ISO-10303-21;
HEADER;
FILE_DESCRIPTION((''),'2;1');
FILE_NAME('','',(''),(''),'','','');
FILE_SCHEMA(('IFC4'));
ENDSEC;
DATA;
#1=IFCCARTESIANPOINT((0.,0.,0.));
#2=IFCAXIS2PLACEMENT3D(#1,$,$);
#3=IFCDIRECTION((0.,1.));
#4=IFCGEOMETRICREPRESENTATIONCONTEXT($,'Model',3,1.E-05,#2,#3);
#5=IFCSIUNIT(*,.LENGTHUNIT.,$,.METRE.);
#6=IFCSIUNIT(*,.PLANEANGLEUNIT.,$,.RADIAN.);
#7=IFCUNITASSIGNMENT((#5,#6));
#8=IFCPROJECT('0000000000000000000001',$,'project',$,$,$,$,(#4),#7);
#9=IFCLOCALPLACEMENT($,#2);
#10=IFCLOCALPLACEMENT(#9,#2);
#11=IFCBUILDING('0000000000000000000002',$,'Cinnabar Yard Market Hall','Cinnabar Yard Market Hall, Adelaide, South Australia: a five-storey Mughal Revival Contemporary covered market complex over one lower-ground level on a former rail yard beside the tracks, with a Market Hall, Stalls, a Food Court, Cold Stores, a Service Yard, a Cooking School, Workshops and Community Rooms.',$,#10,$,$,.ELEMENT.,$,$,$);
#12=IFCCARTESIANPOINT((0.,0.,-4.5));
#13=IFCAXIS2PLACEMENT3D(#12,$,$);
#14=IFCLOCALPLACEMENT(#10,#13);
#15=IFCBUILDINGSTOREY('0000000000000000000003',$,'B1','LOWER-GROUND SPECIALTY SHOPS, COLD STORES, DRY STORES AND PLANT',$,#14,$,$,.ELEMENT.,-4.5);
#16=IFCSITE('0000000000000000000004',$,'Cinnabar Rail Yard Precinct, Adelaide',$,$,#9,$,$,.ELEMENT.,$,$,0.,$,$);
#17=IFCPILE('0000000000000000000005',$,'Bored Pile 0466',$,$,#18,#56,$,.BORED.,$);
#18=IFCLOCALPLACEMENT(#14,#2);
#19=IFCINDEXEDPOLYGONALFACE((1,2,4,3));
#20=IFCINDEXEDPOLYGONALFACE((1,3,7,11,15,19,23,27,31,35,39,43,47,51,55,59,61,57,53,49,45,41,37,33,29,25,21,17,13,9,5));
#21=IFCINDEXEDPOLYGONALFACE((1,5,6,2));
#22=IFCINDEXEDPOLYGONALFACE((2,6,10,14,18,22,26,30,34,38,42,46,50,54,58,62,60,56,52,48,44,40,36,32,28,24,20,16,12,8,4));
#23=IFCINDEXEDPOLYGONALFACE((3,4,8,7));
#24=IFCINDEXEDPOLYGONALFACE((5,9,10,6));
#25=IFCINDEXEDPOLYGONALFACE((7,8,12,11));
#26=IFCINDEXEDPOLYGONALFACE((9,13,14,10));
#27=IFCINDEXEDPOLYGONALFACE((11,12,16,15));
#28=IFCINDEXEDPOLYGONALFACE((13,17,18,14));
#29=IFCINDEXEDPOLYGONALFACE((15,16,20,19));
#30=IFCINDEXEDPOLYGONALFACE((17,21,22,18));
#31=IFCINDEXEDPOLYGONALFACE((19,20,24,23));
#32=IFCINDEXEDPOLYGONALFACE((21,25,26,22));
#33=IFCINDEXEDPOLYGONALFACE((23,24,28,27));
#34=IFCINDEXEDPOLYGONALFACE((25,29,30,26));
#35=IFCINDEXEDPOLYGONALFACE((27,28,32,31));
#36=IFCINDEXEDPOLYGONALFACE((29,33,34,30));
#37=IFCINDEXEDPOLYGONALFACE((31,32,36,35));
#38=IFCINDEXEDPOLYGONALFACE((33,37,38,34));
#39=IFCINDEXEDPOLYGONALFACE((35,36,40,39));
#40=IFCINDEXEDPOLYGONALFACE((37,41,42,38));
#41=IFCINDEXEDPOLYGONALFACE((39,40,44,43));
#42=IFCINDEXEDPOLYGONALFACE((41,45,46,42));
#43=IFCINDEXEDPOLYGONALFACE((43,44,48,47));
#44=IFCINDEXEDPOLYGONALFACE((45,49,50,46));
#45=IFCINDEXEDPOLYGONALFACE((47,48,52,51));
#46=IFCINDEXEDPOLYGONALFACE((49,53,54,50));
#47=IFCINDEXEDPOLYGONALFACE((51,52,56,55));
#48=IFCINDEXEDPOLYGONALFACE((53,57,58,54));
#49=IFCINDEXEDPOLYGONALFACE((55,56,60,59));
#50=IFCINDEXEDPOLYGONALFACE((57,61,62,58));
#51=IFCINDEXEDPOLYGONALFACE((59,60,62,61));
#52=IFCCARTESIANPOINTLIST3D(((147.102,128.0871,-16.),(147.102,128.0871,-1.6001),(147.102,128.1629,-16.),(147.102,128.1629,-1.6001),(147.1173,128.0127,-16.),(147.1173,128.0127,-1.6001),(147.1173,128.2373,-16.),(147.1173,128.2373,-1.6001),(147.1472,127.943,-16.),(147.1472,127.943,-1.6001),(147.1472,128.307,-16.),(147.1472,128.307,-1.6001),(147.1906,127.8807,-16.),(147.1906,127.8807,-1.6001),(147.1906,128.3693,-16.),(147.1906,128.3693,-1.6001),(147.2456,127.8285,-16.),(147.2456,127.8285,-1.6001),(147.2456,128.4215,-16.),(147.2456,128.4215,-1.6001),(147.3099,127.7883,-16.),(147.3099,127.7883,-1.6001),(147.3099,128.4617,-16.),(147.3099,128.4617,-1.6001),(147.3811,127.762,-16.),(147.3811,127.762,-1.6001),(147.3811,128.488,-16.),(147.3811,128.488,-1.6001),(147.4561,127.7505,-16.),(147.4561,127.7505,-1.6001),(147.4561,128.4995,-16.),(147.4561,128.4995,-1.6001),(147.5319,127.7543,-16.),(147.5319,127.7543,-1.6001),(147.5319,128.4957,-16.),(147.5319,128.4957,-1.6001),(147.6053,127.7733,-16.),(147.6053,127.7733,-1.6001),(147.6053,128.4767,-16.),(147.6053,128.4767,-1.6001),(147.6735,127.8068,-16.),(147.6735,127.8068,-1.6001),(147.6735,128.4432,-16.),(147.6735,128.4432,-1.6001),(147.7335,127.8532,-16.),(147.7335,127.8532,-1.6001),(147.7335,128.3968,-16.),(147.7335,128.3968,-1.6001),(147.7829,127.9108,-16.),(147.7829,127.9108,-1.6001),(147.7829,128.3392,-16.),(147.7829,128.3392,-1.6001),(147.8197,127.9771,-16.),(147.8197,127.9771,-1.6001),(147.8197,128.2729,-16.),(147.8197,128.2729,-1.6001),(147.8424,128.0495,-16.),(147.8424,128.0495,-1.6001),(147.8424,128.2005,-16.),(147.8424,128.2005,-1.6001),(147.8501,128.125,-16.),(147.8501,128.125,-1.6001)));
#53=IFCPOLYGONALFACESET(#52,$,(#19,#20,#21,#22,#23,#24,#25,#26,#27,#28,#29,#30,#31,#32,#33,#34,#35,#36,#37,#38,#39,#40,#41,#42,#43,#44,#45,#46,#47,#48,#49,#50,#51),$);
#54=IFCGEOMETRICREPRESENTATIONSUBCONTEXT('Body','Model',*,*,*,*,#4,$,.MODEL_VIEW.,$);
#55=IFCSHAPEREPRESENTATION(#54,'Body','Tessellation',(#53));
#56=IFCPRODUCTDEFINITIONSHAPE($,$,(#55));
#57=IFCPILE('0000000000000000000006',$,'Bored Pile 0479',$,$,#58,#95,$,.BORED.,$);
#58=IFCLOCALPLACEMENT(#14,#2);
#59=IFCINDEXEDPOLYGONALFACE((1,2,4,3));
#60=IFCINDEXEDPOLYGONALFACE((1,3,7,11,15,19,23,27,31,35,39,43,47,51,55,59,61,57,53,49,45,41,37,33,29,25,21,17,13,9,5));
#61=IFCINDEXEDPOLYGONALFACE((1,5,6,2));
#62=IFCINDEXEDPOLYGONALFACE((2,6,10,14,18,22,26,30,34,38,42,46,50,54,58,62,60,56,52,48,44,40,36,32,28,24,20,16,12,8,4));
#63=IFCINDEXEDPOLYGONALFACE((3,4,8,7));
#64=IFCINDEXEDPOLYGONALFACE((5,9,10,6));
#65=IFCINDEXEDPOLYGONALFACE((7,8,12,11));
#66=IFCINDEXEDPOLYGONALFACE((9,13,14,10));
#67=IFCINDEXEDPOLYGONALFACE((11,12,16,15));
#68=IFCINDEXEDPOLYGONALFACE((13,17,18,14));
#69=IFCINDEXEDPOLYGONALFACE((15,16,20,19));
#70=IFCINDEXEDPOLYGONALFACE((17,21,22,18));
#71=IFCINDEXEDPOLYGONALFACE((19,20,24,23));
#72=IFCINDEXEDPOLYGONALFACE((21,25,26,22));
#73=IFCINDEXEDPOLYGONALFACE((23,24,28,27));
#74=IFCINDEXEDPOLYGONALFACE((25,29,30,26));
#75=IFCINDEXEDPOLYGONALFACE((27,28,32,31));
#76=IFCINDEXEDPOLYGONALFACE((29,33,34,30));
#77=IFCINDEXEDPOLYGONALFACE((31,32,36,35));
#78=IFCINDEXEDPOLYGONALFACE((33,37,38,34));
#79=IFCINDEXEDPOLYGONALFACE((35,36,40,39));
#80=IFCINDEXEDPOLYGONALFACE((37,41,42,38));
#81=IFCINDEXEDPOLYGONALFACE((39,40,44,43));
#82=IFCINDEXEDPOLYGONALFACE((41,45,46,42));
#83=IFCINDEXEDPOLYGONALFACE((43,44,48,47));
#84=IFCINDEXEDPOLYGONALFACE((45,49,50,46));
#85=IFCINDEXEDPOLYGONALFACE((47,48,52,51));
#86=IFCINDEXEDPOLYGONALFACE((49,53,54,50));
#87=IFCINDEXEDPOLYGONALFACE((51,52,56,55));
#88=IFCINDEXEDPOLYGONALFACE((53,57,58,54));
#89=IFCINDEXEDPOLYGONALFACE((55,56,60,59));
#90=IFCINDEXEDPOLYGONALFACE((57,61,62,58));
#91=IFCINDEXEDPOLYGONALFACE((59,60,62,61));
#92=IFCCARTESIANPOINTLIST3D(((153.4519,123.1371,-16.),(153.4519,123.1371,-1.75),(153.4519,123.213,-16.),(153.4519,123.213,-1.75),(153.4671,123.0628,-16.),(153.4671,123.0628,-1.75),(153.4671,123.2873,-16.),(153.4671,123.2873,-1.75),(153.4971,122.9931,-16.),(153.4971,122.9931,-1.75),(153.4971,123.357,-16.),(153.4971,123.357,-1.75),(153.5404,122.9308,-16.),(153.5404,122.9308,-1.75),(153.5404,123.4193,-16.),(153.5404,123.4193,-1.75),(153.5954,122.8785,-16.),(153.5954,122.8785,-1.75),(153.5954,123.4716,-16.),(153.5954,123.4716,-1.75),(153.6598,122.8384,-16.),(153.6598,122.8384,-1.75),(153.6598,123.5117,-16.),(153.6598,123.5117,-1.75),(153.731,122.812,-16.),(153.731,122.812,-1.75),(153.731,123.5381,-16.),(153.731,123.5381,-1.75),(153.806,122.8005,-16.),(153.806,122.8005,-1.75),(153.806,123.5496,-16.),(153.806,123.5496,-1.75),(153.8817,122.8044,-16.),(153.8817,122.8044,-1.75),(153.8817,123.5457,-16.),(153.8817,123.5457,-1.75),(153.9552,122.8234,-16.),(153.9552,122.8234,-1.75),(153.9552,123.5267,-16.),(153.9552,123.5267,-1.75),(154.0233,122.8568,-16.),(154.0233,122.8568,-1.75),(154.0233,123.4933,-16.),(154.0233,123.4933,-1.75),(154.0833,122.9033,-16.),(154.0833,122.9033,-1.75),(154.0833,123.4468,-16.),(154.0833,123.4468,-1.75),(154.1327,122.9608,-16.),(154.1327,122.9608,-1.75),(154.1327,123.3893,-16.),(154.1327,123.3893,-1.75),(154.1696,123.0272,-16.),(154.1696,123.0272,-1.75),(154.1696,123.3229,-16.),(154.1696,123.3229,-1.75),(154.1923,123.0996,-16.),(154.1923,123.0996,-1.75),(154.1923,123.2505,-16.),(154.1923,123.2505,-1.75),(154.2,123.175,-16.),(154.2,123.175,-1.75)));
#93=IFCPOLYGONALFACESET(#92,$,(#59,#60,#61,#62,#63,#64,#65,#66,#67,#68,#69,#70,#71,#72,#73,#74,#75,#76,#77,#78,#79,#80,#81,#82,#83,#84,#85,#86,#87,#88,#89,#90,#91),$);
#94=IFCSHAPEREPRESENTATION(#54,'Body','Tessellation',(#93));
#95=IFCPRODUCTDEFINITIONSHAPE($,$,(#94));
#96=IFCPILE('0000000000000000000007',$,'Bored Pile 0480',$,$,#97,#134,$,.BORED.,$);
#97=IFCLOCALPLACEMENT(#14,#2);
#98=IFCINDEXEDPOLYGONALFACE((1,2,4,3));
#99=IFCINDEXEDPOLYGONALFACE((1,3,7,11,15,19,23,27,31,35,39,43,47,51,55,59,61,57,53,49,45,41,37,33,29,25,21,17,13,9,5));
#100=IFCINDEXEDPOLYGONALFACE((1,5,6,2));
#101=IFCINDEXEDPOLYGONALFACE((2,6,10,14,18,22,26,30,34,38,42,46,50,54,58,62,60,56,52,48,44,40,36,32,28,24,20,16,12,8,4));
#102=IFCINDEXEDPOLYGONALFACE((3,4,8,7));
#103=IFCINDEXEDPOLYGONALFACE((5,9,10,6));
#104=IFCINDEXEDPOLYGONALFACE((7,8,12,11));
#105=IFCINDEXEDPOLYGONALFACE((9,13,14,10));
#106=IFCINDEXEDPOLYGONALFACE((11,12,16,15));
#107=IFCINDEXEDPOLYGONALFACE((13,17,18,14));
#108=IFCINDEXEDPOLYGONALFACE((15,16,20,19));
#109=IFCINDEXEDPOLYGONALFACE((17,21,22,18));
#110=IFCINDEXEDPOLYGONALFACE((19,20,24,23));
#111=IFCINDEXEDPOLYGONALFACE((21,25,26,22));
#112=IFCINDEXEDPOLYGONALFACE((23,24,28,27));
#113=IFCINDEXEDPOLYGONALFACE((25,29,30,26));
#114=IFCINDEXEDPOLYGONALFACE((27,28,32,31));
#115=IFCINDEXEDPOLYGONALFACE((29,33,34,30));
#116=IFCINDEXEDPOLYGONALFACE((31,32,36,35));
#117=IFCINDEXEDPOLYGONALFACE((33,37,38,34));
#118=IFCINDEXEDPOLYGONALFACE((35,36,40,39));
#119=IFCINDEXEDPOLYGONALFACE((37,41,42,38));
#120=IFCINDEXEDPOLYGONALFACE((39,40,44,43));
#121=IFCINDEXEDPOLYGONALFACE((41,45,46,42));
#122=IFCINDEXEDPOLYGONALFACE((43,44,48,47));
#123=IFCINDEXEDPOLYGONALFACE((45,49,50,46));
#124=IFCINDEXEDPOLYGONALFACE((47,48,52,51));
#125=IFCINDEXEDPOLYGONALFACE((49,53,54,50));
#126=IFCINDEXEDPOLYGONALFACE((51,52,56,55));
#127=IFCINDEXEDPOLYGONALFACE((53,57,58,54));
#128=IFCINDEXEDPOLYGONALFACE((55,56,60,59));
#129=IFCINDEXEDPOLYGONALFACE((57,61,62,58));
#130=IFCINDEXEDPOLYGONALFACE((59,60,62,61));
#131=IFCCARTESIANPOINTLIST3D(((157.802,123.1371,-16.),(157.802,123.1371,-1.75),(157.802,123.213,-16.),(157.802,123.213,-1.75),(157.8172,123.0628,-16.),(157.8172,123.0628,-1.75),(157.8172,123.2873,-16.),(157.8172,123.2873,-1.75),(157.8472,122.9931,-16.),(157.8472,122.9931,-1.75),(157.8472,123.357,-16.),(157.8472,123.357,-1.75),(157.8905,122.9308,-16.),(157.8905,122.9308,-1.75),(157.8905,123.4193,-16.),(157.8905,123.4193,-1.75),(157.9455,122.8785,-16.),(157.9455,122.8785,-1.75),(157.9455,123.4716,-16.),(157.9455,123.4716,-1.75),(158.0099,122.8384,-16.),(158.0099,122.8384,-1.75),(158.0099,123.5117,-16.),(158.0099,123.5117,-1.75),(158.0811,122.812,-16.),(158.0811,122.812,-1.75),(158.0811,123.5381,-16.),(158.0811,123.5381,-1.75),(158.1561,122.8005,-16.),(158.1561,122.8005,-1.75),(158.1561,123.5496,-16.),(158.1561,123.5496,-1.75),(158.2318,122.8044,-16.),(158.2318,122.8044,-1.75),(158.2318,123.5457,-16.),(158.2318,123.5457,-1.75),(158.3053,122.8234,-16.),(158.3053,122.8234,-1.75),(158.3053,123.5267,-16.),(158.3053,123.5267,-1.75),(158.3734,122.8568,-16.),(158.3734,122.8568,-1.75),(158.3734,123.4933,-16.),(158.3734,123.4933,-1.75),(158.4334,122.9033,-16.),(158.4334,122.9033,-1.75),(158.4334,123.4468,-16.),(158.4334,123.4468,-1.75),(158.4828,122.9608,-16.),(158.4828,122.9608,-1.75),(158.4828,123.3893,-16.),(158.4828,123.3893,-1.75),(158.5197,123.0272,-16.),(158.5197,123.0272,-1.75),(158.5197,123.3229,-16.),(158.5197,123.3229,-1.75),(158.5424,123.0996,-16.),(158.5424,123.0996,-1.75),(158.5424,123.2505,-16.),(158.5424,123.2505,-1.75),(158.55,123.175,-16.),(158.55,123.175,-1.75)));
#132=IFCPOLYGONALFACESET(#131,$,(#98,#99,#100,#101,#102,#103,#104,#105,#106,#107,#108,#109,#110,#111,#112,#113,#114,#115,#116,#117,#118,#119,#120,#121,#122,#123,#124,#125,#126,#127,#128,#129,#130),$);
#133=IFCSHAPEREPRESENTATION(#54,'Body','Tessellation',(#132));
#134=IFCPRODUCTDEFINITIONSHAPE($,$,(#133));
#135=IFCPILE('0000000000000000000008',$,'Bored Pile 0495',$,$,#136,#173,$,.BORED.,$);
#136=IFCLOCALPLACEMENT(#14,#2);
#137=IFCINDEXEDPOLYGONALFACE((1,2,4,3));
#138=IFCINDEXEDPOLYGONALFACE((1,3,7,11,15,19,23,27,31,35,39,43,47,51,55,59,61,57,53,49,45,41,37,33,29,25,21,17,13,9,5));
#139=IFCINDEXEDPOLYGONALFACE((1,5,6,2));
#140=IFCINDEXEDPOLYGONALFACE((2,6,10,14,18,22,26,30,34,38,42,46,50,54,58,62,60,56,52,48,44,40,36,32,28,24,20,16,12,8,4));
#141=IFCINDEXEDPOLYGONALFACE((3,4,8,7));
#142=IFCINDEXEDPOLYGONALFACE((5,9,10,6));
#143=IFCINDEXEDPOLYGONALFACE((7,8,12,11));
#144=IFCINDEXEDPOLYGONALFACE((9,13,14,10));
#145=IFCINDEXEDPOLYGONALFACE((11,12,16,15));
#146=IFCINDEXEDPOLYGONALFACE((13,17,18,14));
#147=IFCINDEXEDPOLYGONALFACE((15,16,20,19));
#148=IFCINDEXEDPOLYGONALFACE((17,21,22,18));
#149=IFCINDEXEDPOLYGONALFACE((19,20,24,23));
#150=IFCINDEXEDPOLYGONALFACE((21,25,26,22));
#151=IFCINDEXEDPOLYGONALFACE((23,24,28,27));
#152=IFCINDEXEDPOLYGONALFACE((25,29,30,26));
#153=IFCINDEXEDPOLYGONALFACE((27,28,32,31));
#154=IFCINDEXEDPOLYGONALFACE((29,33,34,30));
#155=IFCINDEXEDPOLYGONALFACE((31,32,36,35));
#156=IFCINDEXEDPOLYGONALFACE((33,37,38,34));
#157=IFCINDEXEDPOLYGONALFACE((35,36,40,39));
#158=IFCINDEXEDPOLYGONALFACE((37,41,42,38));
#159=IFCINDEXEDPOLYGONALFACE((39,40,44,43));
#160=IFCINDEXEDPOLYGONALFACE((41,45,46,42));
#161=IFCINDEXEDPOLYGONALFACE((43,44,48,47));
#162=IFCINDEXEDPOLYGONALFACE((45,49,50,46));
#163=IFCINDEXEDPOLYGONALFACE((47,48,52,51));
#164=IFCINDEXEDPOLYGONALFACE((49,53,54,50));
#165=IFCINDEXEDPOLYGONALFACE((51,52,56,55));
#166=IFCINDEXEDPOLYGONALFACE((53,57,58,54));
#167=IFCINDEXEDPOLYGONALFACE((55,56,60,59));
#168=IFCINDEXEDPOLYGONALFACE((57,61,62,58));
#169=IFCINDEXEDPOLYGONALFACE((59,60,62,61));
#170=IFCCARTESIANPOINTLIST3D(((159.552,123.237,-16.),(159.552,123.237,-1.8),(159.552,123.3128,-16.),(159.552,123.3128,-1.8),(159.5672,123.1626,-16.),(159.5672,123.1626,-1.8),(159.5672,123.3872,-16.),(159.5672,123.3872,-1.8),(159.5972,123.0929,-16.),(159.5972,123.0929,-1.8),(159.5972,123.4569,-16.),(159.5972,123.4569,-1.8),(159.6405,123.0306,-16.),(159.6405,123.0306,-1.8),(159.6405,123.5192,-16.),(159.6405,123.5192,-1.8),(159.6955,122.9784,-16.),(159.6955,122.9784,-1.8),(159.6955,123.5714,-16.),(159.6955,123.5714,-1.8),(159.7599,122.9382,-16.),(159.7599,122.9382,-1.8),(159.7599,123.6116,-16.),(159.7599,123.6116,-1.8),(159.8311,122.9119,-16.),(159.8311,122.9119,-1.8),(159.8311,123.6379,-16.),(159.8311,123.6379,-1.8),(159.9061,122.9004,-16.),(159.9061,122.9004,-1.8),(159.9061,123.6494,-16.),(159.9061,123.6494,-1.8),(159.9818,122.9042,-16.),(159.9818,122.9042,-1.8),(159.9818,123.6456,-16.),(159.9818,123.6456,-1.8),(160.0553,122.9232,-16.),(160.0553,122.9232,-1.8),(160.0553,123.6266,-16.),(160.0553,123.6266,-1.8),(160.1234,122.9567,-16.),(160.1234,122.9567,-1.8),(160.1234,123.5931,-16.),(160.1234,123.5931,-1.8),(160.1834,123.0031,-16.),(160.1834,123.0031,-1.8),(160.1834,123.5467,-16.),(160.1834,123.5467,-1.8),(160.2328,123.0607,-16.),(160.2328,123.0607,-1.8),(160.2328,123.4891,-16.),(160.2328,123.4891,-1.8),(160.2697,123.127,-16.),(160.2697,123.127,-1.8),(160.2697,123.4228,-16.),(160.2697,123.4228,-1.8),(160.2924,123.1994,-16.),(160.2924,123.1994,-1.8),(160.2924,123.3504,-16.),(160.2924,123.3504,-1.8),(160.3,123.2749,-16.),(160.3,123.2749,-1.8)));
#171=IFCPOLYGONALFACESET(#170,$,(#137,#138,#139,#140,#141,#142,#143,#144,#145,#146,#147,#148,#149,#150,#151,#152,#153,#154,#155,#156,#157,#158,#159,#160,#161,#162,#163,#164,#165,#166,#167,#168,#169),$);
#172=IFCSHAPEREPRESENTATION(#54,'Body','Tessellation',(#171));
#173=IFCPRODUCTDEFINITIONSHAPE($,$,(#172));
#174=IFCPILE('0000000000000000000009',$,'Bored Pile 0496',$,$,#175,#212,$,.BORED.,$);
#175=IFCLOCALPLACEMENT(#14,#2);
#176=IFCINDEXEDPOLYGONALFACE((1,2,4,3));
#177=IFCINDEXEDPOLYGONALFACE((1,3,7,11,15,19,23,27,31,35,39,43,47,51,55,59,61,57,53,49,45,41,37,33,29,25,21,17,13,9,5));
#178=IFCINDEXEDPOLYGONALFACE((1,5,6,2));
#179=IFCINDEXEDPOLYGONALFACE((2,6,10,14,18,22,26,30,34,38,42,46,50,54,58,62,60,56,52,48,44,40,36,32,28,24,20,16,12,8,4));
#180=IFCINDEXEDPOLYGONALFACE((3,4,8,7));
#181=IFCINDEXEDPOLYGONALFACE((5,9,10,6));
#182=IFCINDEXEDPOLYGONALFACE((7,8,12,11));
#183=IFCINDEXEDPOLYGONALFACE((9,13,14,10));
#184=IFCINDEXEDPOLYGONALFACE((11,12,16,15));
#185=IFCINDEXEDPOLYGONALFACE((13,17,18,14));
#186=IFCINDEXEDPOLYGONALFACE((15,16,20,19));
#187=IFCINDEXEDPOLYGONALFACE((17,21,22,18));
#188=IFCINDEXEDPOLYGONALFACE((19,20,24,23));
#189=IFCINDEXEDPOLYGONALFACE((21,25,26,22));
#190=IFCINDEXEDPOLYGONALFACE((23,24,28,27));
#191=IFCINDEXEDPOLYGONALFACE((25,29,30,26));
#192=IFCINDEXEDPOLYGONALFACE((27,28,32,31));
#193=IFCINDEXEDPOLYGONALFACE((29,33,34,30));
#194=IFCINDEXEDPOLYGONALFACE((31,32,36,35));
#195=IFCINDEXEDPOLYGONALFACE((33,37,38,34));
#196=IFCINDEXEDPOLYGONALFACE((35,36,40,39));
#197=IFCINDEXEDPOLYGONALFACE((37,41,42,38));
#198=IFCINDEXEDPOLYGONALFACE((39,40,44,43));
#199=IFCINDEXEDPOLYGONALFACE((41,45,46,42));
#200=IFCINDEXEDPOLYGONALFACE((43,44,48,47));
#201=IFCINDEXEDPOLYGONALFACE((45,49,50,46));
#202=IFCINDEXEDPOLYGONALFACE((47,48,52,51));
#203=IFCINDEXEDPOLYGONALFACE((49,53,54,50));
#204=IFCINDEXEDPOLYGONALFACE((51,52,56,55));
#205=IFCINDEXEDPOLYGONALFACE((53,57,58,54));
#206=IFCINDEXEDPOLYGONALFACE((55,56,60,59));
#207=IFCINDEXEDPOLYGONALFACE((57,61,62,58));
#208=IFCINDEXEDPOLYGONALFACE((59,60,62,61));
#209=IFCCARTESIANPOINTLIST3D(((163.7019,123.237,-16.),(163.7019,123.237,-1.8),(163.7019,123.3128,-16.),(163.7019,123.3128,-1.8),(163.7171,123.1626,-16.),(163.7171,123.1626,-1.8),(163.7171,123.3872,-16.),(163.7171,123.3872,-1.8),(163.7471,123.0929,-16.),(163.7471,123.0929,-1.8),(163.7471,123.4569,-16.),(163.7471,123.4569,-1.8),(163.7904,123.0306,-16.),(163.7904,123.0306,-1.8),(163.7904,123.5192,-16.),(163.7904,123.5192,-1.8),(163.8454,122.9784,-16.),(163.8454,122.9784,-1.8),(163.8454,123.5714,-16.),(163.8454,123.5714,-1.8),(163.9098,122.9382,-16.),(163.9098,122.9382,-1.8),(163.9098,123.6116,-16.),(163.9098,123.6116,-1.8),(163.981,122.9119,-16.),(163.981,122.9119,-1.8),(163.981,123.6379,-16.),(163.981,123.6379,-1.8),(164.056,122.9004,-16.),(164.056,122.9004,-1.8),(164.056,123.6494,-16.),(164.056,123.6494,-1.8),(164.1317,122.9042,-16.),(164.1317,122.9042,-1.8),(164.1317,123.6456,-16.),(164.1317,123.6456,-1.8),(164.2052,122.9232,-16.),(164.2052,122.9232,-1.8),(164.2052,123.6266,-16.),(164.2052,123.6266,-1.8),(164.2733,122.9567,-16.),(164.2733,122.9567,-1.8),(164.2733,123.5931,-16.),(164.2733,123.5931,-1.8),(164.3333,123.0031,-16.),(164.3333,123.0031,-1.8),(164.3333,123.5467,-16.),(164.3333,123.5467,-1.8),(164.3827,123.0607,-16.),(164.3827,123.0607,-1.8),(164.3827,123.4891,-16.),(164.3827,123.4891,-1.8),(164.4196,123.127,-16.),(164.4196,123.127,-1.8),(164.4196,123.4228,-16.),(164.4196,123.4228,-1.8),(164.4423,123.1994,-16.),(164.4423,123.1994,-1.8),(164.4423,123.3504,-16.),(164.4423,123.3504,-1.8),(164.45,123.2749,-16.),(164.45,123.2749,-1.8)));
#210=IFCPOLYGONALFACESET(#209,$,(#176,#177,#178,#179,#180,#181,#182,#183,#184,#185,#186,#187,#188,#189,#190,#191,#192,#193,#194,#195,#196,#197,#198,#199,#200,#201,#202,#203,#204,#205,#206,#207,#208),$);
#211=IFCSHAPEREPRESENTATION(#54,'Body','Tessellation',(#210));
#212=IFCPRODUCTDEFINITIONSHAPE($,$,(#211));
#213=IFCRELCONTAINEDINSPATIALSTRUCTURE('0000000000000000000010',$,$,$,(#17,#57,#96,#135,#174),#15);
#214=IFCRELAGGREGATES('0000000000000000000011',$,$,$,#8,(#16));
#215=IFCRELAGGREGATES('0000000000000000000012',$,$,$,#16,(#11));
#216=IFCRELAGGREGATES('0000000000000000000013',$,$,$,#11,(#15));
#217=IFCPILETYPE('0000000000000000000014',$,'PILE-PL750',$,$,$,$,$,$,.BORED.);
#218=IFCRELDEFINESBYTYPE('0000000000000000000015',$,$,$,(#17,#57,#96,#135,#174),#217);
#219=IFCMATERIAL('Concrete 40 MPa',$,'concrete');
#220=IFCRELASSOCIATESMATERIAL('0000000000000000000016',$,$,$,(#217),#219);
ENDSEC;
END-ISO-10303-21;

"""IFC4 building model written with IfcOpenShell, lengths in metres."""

from ifc_helpers import new_model, si_unit, direction, frame, origin, origin_2d_with_axis, place, context, subcontext, project, spatial, circle, extrude, material, material_profile, profile_set, type_object, element, save


model = new_model("IFC4")

# Units and contexts
model_context = context("Model", 3, precision=1e-05, world=origin(), true_north=direction((0.0, 1.0)))
body_context = subcontext(model_context, "Body", "Model", "MODEL_VIEW")
ifc_project = project(units=[si_unit("LENGTHUNIT", "METRE"), si_unit("PLANEANGLEUNIT", "RADIAN")], contexts=[model_context])

# Site, building, storey
site_placement = place(None, origin())
site = spatial("IfcSite", under=ifc_project, at=site_placement, Name="Cinnabar Rail Yard Precinct, Adelaide", CompositionType="ELEMENT", RefElevation=0.0)
building_placement = place(site_placement, origin())
building = spatial("IfcBuilding", under=site, at=building_placement, Name="Cinnabar Yard Market Hall", Description="Cinnabar Yard Market Hall, Adelaide, South Australia: a five-storey Mughal Revival Contemporary covered market complex over one lower-ground level on a former rail yard beside the tracks, with a Market Hall, Stalls, a Food Court, Cold Stores, a Service Yard, a Cooking School, Workshops and Community Rooms.", CompositionType="ELEMENT")
storey_placement = place(building_placement, frame((0.0, 0.0, -4.5)))
storey = spatial("IfcBuildingStorey", under=building, at=storey_placement, Name="B1", Description="LOWER-GROUND SPECIALTY SHOPS, COLD STORES, DRY STORES AND PLANT", CompositionType="ELEMENT", Elevation=-4.5)

# Shared definitions
ifc_material_1 = material(Name="Concrete 40 MPa", Category="concrete")

# Piles
ifc_material_profile_1 = material_profile(ifc_material_1, circle(Radius=0.375, at=origin_2d_with_axis()), Name="PILE-D750")
ifc_profile_set_1 = profile_set([ifc_material_profile_1], Name="Concrete 40 MPa")
pile_type_1 = type_object("IfcPileType", Name="PILE-PL750", PredefinedType="BORED", material=ifc_profile_set_1)
pile_1_placement = place(storey_placement, frame((147.4751, 128.125, -1.6001), z_axis=(0.0, 0.0, -1.0), x_axis=(1.0, 0.0, 0.0)))
element("IfcPile", 1, at=pile_1_placement, inside=storey, type_object=pile_type_1, Name="Bored Pile 0466", PredefinedType="BORED", context=body_context, shape_type="SweptSolid", body=[
    extrude(circle(Radius=0.375, at=origin_2d_with_axis()), origin(), (0.0, 0.0, 1.0), 14.3999),
])
for number, where, z_axis, x_axis, name in (
    (2, (153.825, 123.175, -1.75), (0.0, 0.0, -1.0), (1.0, 0.0, 0.0), "Bored Pile 0479"),
    (3, (158.175, 123.175, -1.75), (0.0, 0.0, -1.0), (1.0, 0.0, 0.0), "Bored Pile 0480"),
):
    element("IfcPile", number, at=place(storey_placement, frame(where, z_axis=z_axis, x_axis=x_axis)), inside=storey, type_object=pile_type_1, Name=name, PredefinedType="BORED", context=body_context, shape_type="SweptSolid", body=[
        extrude(circle(Radius=0.375, at=origin_2d_with_axis()), origin(), (0.0, 0.0, 1.0), 14.25),
    ])
for number, where, z_axis, x_axis, name in (
    (4, (159.925, 123.2749, -1.8), (0.0, 0.0, -1.0), (1.0, 0.0, 0.0), "Bored Pile 0495"),
    (5, (164.075, 123.2749, -1.8), (0.0, 0.0, -1.0), (1.0, 0.0, 0.0), "Bored Pile 0496"),
):
    element("IfcPile", number, at=place(storey_placement, frame(where, z_axis=z_axis, x_axis=x_axis)), inside=storey, type_object=pile_type_1, Name=name, PredefinedType="BORED", context=body_context, shape_type="SweptSolid", body=[
        extrude(circle(Radius=0.375, at=origin_2d_with_axis()), origin(), (0.0, 0.0, 1.0), 14.2),
    ])

save(model, "model.ifc")
